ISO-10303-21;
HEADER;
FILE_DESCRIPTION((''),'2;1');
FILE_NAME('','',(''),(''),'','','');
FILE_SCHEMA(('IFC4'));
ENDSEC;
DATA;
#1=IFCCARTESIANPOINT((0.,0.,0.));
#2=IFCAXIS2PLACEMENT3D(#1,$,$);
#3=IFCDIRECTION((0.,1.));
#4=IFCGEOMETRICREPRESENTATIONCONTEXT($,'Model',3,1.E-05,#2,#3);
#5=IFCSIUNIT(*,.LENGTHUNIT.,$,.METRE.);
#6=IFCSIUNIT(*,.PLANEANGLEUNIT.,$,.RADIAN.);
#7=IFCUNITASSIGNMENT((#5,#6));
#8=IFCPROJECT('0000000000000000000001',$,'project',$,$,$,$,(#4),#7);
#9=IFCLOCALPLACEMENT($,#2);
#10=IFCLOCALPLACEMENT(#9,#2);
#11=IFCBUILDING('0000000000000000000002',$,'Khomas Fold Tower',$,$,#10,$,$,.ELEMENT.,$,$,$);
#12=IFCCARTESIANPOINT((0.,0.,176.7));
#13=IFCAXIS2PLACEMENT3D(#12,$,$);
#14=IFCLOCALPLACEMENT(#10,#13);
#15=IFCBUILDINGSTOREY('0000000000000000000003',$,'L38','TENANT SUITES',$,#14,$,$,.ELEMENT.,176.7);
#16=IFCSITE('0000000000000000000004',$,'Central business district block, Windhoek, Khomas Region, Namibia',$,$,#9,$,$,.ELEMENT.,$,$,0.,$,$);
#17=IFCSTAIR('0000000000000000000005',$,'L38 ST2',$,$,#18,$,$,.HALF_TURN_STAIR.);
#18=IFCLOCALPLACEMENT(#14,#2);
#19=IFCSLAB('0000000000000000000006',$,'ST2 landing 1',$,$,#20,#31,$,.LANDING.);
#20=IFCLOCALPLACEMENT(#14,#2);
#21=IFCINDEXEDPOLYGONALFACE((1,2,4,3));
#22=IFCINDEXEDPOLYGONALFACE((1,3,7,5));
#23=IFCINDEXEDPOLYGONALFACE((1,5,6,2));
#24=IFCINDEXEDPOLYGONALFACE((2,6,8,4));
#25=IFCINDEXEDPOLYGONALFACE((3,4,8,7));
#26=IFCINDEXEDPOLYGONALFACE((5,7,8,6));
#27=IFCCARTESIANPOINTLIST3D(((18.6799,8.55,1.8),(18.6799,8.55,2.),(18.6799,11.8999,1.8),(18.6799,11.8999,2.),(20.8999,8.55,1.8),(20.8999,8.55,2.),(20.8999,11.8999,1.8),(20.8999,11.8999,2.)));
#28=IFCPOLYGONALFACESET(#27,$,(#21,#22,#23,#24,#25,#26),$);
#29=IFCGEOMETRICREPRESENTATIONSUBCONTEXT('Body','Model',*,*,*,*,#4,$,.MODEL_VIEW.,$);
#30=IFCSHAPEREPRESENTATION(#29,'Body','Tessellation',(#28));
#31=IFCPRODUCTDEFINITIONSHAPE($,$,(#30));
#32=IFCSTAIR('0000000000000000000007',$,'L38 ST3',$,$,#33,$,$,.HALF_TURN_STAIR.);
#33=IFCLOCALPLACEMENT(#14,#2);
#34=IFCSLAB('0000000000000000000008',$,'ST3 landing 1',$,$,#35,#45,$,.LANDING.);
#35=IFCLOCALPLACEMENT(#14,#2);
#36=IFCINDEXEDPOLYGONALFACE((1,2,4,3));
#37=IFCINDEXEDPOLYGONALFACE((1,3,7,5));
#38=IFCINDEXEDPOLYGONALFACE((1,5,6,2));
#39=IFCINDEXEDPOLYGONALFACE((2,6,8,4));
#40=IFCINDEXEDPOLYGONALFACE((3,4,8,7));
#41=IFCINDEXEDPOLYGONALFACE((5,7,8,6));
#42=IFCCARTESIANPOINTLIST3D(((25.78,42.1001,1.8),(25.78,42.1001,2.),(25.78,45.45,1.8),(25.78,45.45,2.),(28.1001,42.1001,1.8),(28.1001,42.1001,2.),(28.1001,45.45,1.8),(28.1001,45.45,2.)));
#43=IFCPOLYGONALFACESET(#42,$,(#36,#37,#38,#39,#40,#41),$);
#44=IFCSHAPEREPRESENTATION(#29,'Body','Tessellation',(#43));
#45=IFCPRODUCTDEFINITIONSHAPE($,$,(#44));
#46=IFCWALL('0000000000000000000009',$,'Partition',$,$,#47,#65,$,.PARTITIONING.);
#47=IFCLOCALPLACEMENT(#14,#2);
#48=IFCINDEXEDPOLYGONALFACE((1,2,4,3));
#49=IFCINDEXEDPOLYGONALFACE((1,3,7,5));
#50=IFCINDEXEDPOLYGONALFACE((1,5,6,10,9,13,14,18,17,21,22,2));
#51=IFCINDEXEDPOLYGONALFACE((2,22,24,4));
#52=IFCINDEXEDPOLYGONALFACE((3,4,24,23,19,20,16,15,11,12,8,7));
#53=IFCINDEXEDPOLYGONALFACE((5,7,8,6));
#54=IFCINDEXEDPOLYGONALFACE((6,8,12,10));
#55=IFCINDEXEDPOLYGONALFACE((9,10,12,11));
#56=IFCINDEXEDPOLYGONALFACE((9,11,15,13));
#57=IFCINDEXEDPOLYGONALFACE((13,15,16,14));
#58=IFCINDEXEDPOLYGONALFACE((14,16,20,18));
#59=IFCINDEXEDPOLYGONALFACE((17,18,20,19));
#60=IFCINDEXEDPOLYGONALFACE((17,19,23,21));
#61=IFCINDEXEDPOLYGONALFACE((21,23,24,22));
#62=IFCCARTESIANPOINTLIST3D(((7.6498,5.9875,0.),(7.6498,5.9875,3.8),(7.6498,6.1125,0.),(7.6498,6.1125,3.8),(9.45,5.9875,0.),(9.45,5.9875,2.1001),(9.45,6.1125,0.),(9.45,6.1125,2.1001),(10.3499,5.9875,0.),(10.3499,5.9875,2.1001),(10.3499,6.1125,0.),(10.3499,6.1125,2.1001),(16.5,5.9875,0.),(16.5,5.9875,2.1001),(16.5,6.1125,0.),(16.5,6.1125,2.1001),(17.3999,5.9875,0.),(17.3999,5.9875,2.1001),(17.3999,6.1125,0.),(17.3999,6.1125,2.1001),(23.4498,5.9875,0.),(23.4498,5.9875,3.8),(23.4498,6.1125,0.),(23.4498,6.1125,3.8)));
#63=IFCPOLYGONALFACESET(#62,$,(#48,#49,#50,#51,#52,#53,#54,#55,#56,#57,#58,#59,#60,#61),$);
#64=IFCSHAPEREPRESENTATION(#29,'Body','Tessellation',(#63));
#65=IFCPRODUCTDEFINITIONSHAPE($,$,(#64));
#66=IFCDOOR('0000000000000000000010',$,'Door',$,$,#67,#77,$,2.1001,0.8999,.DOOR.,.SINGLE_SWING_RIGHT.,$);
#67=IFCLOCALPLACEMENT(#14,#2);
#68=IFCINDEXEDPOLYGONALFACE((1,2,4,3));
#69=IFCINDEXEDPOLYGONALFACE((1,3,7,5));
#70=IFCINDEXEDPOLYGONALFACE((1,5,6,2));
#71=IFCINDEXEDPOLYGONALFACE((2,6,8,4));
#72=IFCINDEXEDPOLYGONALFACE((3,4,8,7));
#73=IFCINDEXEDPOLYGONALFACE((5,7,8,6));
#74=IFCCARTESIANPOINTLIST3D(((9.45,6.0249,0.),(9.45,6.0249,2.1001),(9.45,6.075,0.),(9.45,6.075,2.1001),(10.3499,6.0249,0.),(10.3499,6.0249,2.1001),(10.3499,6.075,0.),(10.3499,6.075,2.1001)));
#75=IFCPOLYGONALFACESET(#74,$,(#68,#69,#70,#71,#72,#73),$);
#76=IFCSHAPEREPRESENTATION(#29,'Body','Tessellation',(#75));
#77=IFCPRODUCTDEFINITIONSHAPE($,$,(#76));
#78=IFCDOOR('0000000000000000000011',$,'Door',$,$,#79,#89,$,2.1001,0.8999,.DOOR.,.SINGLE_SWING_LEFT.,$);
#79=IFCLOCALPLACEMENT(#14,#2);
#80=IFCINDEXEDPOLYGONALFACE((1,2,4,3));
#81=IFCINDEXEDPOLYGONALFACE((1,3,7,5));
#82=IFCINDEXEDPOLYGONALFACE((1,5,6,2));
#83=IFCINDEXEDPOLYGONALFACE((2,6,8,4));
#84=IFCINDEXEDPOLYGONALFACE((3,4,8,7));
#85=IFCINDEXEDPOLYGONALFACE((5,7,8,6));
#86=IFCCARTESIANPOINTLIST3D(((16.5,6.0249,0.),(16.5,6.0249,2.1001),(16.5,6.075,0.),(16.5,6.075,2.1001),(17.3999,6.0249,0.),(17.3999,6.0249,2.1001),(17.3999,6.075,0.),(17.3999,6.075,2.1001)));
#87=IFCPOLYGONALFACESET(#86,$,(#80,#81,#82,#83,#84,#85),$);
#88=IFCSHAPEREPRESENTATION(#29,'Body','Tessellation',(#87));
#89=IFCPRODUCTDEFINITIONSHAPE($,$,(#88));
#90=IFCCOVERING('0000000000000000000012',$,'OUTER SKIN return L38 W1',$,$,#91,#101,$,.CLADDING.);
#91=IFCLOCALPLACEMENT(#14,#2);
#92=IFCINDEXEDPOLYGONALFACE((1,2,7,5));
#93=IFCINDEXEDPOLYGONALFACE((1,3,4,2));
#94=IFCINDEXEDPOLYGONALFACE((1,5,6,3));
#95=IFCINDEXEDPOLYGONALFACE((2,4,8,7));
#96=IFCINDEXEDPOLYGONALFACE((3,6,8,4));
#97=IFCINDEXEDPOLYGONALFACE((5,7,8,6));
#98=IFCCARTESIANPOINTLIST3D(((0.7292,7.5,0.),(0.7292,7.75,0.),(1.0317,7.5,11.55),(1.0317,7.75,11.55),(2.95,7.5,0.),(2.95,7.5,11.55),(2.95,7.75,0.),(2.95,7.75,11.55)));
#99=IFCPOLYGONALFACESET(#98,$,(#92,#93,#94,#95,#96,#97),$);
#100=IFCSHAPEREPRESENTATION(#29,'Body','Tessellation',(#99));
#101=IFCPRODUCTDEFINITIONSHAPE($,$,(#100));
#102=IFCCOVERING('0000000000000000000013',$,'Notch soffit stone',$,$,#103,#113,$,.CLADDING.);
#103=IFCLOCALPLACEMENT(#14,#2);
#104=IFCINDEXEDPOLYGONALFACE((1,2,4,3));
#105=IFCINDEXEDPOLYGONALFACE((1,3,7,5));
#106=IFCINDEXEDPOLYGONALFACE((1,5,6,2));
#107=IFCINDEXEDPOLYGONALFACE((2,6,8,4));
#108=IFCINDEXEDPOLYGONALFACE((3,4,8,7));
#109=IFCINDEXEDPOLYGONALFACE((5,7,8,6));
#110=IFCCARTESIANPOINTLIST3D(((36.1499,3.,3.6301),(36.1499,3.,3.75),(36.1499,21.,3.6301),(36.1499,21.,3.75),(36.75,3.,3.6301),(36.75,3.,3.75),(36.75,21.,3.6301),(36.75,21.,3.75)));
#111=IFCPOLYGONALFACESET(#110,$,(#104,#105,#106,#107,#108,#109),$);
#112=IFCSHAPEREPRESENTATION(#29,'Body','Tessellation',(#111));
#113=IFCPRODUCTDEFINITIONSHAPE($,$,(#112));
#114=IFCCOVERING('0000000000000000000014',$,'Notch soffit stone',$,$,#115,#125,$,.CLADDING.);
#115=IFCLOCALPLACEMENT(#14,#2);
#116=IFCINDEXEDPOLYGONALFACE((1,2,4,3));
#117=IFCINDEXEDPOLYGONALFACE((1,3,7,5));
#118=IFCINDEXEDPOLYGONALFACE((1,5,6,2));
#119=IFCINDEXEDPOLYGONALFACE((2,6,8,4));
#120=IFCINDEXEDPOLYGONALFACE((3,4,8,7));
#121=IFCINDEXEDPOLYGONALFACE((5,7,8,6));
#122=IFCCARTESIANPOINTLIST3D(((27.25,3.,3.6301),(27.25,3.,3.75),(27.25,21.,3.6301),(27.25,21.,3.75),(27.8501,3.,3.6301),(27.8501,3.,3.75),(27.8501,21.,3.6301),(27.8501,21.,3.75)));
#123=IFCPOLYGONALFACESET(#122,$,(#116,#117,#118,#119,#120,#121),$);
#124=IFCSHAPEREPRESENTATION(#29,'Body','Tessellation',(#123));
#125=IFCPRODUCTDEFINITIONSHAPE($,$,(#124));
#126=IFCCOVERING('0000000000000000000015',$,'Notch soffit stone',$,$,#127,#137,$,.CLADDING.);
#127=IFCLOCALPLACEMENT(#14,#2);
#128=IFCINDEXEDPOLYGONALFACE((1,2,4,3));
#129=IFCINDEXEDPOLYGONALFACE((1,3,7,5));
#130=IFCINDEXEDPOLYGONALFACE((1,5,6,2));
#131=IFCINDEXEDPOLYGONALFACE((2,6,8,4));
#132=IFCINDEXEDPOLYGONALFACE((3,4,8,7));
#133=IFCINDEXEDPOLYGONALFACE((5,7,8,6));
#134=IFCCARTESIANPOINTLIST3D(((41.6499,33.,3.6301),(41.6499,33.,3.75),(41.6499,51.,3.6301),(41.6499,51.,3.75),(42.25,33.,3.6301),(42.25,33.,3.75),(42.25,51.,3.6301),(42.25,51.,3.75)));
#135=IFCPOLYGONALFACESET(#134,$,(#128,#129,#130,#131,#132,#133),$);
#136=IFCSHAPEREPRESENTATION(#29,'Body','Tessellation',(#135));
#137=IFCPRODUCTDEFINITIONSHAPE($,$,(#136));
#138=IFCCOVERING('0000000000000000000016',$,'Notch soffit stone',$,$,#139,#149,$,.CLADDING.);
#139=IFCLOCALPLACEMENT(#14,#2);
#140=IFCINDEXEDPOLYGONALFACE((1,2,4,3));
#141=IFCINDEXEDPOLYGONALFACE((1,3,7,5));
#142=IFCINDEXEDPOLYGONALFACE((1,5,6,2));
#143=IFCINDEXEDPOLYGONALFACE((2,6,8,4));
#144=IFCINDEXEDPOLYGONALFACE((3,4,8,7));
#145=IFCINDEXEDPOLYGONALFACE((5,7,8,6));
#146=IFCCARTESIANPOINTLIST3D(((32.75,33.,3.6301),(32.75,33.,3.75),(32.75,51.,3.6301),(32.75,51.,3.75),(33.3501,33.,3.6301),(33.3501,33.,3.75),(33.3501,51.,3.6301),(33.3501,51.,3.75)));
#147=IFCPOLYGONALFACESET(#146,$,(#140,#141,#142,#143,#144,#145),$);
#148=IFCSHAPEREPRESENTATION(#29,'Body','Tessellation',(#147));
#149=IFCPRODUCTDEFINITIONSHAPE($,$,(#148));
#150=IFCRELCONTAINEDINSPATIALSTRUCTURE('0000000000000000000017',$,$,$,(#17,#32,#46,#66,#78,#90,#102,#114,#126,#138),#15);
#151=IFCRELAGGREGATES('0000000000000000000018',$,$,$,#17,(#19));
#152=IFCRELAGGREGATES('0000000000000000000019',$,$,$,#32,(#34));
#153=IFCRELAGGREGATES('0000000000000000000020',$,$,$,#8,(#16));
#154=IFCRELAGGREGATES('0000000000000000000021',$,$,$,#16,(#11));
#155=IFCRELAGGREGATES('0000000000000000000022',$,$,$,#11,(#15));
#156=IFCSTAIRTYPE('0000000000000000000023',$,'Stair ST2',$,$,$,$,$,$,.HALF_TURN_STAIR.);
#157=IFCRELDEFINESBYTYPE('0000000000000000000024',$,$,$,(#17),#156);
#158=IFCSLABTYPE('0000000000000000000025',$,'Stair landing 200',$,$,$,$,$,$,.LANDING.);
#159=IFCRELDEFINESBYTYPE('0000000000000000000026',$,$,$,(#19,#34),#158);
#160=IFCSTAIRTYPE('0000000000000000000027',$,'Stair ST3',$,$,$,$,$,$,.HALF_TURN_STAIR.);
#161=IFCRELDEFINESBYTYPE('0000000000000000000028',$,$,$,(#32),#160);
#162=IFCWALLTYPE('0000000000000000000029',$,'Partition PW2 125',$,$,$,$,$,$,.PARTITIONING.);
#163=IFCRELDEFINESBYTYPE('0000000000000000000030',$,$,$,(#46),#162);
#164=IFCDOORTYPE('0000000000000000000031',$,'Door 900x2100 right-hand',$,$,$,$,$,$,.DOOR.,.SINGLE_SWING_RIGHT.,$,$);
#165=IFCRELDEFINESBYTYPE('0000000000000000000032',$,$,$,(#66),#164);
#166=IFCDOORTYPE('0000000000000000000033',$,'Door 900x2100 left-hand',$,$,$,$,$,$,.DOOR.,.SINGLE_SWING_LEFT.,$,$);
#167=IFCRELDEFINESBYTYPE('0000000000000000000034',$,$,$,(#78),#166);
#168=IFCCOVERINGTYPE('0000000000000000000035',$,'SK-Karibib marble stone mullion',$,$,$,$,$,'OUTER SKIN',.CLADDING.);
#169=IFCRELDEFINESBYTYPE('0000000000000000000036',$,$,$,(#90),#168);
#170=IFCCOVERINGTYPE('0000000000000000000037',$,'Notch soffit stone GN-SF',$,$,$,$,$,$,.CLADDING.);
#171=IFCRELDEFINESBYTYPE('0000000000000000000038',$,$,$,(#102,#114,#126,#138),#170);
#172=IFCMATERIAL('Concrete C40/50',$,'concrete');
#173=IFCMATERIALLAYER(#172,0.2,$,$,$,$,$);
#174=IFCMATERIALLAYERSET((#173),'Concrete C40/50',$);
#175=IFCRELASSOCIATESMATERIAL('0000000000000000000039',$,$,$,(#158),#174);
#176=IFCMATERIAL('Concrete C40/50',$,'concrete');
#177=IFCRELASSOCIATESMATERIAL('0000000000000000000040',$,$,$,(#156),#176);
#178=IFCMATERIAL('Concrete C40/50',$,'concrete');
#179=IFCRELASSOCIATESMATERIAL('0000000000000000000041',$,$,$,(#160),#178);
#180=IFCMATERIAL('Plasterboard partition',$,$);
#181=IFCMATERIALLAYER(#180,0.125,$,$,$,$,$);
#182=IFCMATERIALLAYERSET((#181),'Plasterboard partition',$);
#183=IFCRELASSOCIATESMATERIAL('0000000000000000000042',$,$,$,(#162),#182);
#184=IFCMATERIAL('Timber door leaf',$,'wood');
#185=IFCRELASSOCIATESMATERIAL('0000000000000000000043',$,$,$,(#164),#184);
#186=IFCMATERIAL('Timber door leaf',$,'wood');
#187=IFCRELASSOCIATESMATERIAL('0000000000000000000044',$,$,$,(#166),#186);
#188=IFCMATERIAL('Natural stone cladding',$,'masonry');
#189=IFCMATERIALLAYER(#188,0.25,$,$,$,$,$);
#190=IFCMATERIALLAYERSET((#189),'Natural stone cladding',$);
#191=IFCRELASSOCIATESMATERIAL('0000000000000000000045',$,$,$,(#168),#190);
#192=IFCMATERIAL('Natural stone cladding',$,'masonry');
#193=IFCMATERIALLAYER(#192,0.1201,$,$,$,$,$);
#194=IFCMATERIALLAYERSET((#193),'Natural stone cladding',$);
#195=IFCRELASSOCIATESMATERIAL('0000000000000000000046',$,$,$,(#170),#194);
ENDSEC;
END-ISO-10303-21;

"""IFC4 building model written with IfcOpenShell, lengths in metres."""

from ifc_helpers import new_model, si_unit, direction, frame, frame_2d, origin, place, context, subcontext, project, spatial, polyline, rectangle, outline, extrude, source, transform, mapped, material, layer, layer_set, type_object, element, fill, aggregate, save


model = new_model("IFC4")

# Units and contexts
model_context = context("Model", 3, precision=1e-05, world=origin(), true_north=direction((0.0, 1.0)))
body_context = subcontext(model_context, "Body", "Model", "MODEL_VIEW")
ifc_project = project(units=[si_unit("LENGTHUNIT", "METRE"), si_unit("PLANEANGLEUNIT", "RADIAN")], contexts=[model_context])

# Site, building, storey
site_placement = place(None, origin())
site = spatial("IfcSite", under=ifc_project, at=site_placement, Name="Central business district block, Windhoek, Khomas Region, Namibia", CompositionType="ELEMENT", RefElevation=0.0)
building_placement = place(site_placement, origin())
building = spatial("IfcBuilding", under=site, at=building_placement, Name="Khomas Fold Tower", CompositionType="ELEMENT")
storey_placement = place(building_placement, frame((0.0, 0.0, 176.7)))
storey = spatial("IfcBuildingStorey", under=building, at=storey_placement, Name="L38", Description="TENANT SUITES", CompositionType="ELEMENT", Elevation=176.7)

# Stairs, slabs
ifc_material_1 = material(Name="Concrete C40/50", Category="concrete")
ifc_layer_1 = layer(ifc_material_1, 0.2)
ifc_layer_set_1 = layer_set([ifc_layer_1], Name="Concrete C40/50")
slab_type = type_object("IfcSlabType", Name="Stair landing 200", PredefinedType="LANDING", material=ifc_layer_set_1)
ifc_material_2 = material(Name="Concrete C40/50", Category="concrete")
stair_type_1 = type_object("IfcStairType", Name="Stair ST2", PredefinedType="HALF_TURN_STAIR", material=ifc_material_2)
stair_1_placement = place(storey_placement, origin())
stair_1 = element("IfcStair", 1, at=stair_1_placement, inside=storey, type_object=stair_type_1, Name="L38 ST2", PredefinedType="HALF_TURN_STAIR")
shared_shape_1 = source(origin(), body_context, "Body", "SweptSolid", [
    extrude(outline(polyline([(18.6799, 8.55), (20.8999, 8.55), (20.8999, 11.8999), (18.6799, 11.8999), (18.6799, 8.55)])), origin(), (0.0, 0.0, 1.0), 0.2),
])
slab_1_placement = place(storey_placement, frame((0.0, 0.0, 1.8)))
slab_1 = element("IfcSlab", 2, at=slab_1_placement, type_object=slab_type, Name="ST2 landing 1", PredefinedType="LANDING", context=body_context, shape_type="MappedRepresentation", body=[
    mapped(shared_shape_1, transform((0.0, 0.0, 0.0))),
])
aggregate(stair_1, [slab_1])
ifc_material_3 = material(Name="Concrete C40/50", Category="concrete")
stair_type_2 = type_object("IfcStairType", Name="Stair ST3", PredefinedType="HALF_TURN_STAIR", material=ifc_material_3)
stair_2_placement = place(storey_placement, origin())
stair_2 = element("IfcStair", 3, at=stair_2_placement, inside=storey, type_object=stair_type_2, Name="L38 ST3", PredefinedType="HALF_TURN_STAIR")
shared_shape_2 = source(origin(), body_context, "Body", "SweptSolid", [
    extrude(outline(polyline([(25.78, 42.1001), (28.1001, 42.1001), (28.1001, 45.45), (25.78, 45.45), (25.78, 42.1001)])), origin(), (0.0, 0.0, 1.0), 0.2),
])
slab_2_placement = place(storey_placement, frame((0.0, 0.0, 1.8)))
slab_2 = element("IfcSlab", 4, at=slab_2_placement, type_object=slab_type, Name="ST3 landing 1", PredefinedType="LANDING", context=body_context, shape_type="MappedRepresentation", body=[
    mapped(shared_shape_2, transform((0.0, 0.0, 0.0))),
])
aggregate(stair_2, [slab_2])

# Wall, openings, doors
ifc_material_4 = material(Name="Plasterboard partition")
ifc_layer_2 = layer(ifc_material_4, 0.125)
ifc_layer_set_2 = layer_set([ifc_layer_2], Name="Plasterboard partition")
wall_type = type_object("IfcWallType", Name="Partition PW2 125", PredefinedType="PARTITIONING", material=ifc_layer_set_2)
shared_shape_3 = source(origin(), body_context, "Body", "SweptSolid", [
    extrude(rectangle(XDim=15.8, YDim=0.125, at=frame_2d((7.8999, 0.0))), origin(), (0.0, 0.0, 1.0), 3.8),
])
wall_placement = place(storey_placement, frame((7.6499, 6.05, 0.0), z_axis=(0.0, 0.0, 1.0), x_axis=(1.0, 0.0, 0.0)))
wall = element("IfcWall", 5, at=wall_placement, inside=storey, type_object=wall_type, Name="Partition", PredefinedType="PARTITIONING", context=body_context, shape_type="MappedRepresentation", body=[
    mapped(shared_shape_3, transform((0.0, 0.0, 0.0))),
])
shared_shape_4 = source(origin(), body_context, "Body", "SweptSolid", [
    extrude(rectangle(XDim=0.8999, YDim=2.1001, at=frame_2d((0.45, 1.05))), frame((0.0, 0.0725, 0.0), z_axis=(0.0, -1.0, 0.0), x_axis=(1.0, 0.0, 0.0)), (0.0, 0.0, 1.0), 0.145),
])
opening_1_placement = place(wall_placement, frame((1.8, 0.0, 0.0)))
opening_1 = element("IfcOpeningElement", 6, at=opening_1_placement, cuts=wall, PredefinedType="OPENING", context=body_context, shape_type="MappedRepresentation", body=[
    mapped(shared_shape_4, transform((0.0, 0.0, 0.0))),
])
opening_2_placement = place(wall_placement, frame((8.8501, 0.0, 0.0)))
opening_2 = element("IfcOpeningElement", 7, at=opening_2_placement, cuts=wall, PredefinedType="OPENING", context=body_context, shape_type="MappedRepresentation", body=[
    mapped(shared_shape_4, transform((0.0, 0.0, 0.0))),
])
ifc_material_5 = material(Name="Timber door leaf", Category="wood")
door_type_1 = type_object("IfcDoorType", Name="Door 900x2100 right-hand", OperationType="SINGLE_SWING_RIGHT", PredefinedType="DOOR", material=ifc_material_5)
shared_shape_5 = source(origin(), body_context, "Body", "SweptSolid", [
    extrude(rectangle(XDim=0.8999, YDim=2.1001, at=frame_2d((0.45, 1.05))), frame((0.0, 0.0249, 0.0), z_axis=(0.0, -1.0, 0.0), x_axis=(1.0, 0.0, 0.0)), (0.0, 0.0, 1.0), 0.05),
])
door_1_placement = place(opening_1_placement, origin())
door_1 = element("IfcDoor", 8, at=door_1_placement, inside=storey, type_object=door_type_1, Name="Door", OperationType="SINGLE_SWING_RIGHT", OverallHeight=2.1001, OverallWidth=0.8999, PredefinedType="DOOR", context=body_context, shape_type="MappedRepresentation", body=[
    mapped(shared_shape_5, transform((0.0, 0.0, 0.0))),
])
fill(opening_1, door_1)
ifc_material_6 = material(Name="Timber door leaf", Category="wood")
door_type_2 = type_object("IfcDoorType", Name="Door 900x2100 left-hand", OperationType="SINGLE_SWING_LEFT", PredefinedType="DOOR", material=ifc_material_6)
door_2_placement = place(opening_2_placement, origin())
door_2 = element("IfcDoor", 9, at=door_2_placement, inside=storey, type_object=door_type_2, Name="Door", OperationType="SINGLE_SWING_LEFT", OverallHeight=2.1001, OverallWidth=0.8999, PredefinedType="DOOR", context=body_context, shape_type="MappedRepresentation", body=[
    mapped(shared_shape_5, transform((0.0, 0.0, 0.0))),
])
fill(opening_2, door_2)

# Coverings
ifc_material_7 = material(Name="Natural stone cladding", Category="masonry")
ifc_layer_3 = layer(ifc_material_7, 0.25)
ifc_layer_set_3 = layer_set([ifc_layer_3], Name="Natural stone cladding")
covering_type_1 = type_object("IfcCoveringType", Name="SK-Karibib marble stone mullion", ElementType="OUTER SKIN", PredefinedType="CLADDING", material=ifc_layer_set_3)
covering_1_placement = place(storey_placement, frame((2.95, 7.5, 11.55), z_axis=(0.0, -1.0, 0.0), x_axis=(-1.0, 0.0, 0.0)))
element("IfcCovering", 10, at=covering_1_placement, inside=storey, type_object=covering_type_1, Name="OUTER SKIN return L38 W1", PredefinedType="CLADDING", context=body_context, shape_type="SweptSolid", body=[
    extrude(outline(polyline([(0.0, 0.0), (1.9182, 0.0), (2.2207, 11.55), (0.0, 11.55), (0.0, 0.0)])), origin(), (0.0, 0.0, -1.0), 0.25),
])
ifc_material_8 = material(Name="Natural stone cladding", Category="masonry")
ifc_layer_4 = layer(ifc_material_8, 0.1201)
ifc_layer_set_4 = layer_set([ifc_layer_4], Name="Natural stone cladding")
covering_type_2 = type_object("IfcCoveringType", Name="Notch soffit stone GN-SF", PredefinedType="CLADDING", material=ifc_layer_set_4)
shared_shape_6 = source(origin(), body_context, "Body", "SweptSolid", [
    extrude(outline(polyline([(36.1499, 21.0), (36.1499, 3.0), (36.75, 3.0), (36.75, 21.0), (36.1499, 21.0)])), origin(), (0.0, 0.0, 1.0), 0.1199),
])
covering_2_placement = place(storey_placement, frame((0.0, 0.0, 3.6301)))
element("IfcCovering", 11, at=covering_2_placement, inside=storey, type_object=covering_type_2, Name="Notch soffit stone", PredefinedType="CLADDING", context=body_context, shape_type="MappedRepresentation", body=[
    mapped(shared_shape_6, transform((0.0, 0.0, 0.0))),
])
shared_shape_7 = source(origin(), body_context, "Body", "SweptSolid", [
    extrude(outline(polyline([(27.8501, 3.0), (27.8501, 21.0), (27.25, 21.0), (27.25, 3.0), (27.8501, 3.0)])), origin(), (0.0, 0.0, 1.0), 0.1199),
])
covering_3_placement = place(storey_placement, frame((0.0, 0.0, 3.6301)))
element("IfcCovering", 12, at=covering_3_placement, inside=storey, type_object=covering_type_2, Name="Notch soffit stone", PredefinedType="CLADDING", context=body_context, shape_type="MappedRepresentation", body=[
    mapped(shared_shape_7, transform((0.0, 0.0, 0.0))),
])
shared_shape_8 = source(origin(), body_context, "Body", "SweptSolid", [
    extrude(outline(polyline([(41.6499, 51.0), (41.6499, 33.0), (42.25, 33.0), (42.25, 51.0), (41.6499, 51.0)])), origin(), (0.0, 0.0, 1.0), 0.1199),
])
covering_4_placement = place(storey_placement, frame((0.0, 0.0, 3.6301)))
element("IfcCovering", 13, at=covering_4_placement, inside=storey, type_object=covering_type_2, Name="Notch soffit stone", PredefinedType="CLADDING", context=body_context, shape_type="MappedRepresentation", body=[
    mapped(shared_shape_8, transform((0.0, 0.0, 0.0))),
])
shared_shape_9 = source(origin(), body_context, "Body", "SweptSolid", [
    extrude(outline(polyline([(33.3501, 33.0), (33.3501, 51.0), (32.75, 51.0), (32.75, 33.0), (33.3501, 33.0)])), origin(), (0.0, 0.0, 1.0), 0.1199),
])
covering_5_placement = place(storey_placement, frame((0.0, 0.0, 3.6301)))
element("IfcCovering", 14, at=covering_5_placement, inside=storey, type_object=covering_type_2, Name="Notch soffit stone", PredefinedType="CLADDING", context=body_context, shape_type="MappedRepresentation", body=[
    mapped(shared_shape_9, transform((0.0, 0.0, 0.0))),
])

save(model, "model.ifc")
